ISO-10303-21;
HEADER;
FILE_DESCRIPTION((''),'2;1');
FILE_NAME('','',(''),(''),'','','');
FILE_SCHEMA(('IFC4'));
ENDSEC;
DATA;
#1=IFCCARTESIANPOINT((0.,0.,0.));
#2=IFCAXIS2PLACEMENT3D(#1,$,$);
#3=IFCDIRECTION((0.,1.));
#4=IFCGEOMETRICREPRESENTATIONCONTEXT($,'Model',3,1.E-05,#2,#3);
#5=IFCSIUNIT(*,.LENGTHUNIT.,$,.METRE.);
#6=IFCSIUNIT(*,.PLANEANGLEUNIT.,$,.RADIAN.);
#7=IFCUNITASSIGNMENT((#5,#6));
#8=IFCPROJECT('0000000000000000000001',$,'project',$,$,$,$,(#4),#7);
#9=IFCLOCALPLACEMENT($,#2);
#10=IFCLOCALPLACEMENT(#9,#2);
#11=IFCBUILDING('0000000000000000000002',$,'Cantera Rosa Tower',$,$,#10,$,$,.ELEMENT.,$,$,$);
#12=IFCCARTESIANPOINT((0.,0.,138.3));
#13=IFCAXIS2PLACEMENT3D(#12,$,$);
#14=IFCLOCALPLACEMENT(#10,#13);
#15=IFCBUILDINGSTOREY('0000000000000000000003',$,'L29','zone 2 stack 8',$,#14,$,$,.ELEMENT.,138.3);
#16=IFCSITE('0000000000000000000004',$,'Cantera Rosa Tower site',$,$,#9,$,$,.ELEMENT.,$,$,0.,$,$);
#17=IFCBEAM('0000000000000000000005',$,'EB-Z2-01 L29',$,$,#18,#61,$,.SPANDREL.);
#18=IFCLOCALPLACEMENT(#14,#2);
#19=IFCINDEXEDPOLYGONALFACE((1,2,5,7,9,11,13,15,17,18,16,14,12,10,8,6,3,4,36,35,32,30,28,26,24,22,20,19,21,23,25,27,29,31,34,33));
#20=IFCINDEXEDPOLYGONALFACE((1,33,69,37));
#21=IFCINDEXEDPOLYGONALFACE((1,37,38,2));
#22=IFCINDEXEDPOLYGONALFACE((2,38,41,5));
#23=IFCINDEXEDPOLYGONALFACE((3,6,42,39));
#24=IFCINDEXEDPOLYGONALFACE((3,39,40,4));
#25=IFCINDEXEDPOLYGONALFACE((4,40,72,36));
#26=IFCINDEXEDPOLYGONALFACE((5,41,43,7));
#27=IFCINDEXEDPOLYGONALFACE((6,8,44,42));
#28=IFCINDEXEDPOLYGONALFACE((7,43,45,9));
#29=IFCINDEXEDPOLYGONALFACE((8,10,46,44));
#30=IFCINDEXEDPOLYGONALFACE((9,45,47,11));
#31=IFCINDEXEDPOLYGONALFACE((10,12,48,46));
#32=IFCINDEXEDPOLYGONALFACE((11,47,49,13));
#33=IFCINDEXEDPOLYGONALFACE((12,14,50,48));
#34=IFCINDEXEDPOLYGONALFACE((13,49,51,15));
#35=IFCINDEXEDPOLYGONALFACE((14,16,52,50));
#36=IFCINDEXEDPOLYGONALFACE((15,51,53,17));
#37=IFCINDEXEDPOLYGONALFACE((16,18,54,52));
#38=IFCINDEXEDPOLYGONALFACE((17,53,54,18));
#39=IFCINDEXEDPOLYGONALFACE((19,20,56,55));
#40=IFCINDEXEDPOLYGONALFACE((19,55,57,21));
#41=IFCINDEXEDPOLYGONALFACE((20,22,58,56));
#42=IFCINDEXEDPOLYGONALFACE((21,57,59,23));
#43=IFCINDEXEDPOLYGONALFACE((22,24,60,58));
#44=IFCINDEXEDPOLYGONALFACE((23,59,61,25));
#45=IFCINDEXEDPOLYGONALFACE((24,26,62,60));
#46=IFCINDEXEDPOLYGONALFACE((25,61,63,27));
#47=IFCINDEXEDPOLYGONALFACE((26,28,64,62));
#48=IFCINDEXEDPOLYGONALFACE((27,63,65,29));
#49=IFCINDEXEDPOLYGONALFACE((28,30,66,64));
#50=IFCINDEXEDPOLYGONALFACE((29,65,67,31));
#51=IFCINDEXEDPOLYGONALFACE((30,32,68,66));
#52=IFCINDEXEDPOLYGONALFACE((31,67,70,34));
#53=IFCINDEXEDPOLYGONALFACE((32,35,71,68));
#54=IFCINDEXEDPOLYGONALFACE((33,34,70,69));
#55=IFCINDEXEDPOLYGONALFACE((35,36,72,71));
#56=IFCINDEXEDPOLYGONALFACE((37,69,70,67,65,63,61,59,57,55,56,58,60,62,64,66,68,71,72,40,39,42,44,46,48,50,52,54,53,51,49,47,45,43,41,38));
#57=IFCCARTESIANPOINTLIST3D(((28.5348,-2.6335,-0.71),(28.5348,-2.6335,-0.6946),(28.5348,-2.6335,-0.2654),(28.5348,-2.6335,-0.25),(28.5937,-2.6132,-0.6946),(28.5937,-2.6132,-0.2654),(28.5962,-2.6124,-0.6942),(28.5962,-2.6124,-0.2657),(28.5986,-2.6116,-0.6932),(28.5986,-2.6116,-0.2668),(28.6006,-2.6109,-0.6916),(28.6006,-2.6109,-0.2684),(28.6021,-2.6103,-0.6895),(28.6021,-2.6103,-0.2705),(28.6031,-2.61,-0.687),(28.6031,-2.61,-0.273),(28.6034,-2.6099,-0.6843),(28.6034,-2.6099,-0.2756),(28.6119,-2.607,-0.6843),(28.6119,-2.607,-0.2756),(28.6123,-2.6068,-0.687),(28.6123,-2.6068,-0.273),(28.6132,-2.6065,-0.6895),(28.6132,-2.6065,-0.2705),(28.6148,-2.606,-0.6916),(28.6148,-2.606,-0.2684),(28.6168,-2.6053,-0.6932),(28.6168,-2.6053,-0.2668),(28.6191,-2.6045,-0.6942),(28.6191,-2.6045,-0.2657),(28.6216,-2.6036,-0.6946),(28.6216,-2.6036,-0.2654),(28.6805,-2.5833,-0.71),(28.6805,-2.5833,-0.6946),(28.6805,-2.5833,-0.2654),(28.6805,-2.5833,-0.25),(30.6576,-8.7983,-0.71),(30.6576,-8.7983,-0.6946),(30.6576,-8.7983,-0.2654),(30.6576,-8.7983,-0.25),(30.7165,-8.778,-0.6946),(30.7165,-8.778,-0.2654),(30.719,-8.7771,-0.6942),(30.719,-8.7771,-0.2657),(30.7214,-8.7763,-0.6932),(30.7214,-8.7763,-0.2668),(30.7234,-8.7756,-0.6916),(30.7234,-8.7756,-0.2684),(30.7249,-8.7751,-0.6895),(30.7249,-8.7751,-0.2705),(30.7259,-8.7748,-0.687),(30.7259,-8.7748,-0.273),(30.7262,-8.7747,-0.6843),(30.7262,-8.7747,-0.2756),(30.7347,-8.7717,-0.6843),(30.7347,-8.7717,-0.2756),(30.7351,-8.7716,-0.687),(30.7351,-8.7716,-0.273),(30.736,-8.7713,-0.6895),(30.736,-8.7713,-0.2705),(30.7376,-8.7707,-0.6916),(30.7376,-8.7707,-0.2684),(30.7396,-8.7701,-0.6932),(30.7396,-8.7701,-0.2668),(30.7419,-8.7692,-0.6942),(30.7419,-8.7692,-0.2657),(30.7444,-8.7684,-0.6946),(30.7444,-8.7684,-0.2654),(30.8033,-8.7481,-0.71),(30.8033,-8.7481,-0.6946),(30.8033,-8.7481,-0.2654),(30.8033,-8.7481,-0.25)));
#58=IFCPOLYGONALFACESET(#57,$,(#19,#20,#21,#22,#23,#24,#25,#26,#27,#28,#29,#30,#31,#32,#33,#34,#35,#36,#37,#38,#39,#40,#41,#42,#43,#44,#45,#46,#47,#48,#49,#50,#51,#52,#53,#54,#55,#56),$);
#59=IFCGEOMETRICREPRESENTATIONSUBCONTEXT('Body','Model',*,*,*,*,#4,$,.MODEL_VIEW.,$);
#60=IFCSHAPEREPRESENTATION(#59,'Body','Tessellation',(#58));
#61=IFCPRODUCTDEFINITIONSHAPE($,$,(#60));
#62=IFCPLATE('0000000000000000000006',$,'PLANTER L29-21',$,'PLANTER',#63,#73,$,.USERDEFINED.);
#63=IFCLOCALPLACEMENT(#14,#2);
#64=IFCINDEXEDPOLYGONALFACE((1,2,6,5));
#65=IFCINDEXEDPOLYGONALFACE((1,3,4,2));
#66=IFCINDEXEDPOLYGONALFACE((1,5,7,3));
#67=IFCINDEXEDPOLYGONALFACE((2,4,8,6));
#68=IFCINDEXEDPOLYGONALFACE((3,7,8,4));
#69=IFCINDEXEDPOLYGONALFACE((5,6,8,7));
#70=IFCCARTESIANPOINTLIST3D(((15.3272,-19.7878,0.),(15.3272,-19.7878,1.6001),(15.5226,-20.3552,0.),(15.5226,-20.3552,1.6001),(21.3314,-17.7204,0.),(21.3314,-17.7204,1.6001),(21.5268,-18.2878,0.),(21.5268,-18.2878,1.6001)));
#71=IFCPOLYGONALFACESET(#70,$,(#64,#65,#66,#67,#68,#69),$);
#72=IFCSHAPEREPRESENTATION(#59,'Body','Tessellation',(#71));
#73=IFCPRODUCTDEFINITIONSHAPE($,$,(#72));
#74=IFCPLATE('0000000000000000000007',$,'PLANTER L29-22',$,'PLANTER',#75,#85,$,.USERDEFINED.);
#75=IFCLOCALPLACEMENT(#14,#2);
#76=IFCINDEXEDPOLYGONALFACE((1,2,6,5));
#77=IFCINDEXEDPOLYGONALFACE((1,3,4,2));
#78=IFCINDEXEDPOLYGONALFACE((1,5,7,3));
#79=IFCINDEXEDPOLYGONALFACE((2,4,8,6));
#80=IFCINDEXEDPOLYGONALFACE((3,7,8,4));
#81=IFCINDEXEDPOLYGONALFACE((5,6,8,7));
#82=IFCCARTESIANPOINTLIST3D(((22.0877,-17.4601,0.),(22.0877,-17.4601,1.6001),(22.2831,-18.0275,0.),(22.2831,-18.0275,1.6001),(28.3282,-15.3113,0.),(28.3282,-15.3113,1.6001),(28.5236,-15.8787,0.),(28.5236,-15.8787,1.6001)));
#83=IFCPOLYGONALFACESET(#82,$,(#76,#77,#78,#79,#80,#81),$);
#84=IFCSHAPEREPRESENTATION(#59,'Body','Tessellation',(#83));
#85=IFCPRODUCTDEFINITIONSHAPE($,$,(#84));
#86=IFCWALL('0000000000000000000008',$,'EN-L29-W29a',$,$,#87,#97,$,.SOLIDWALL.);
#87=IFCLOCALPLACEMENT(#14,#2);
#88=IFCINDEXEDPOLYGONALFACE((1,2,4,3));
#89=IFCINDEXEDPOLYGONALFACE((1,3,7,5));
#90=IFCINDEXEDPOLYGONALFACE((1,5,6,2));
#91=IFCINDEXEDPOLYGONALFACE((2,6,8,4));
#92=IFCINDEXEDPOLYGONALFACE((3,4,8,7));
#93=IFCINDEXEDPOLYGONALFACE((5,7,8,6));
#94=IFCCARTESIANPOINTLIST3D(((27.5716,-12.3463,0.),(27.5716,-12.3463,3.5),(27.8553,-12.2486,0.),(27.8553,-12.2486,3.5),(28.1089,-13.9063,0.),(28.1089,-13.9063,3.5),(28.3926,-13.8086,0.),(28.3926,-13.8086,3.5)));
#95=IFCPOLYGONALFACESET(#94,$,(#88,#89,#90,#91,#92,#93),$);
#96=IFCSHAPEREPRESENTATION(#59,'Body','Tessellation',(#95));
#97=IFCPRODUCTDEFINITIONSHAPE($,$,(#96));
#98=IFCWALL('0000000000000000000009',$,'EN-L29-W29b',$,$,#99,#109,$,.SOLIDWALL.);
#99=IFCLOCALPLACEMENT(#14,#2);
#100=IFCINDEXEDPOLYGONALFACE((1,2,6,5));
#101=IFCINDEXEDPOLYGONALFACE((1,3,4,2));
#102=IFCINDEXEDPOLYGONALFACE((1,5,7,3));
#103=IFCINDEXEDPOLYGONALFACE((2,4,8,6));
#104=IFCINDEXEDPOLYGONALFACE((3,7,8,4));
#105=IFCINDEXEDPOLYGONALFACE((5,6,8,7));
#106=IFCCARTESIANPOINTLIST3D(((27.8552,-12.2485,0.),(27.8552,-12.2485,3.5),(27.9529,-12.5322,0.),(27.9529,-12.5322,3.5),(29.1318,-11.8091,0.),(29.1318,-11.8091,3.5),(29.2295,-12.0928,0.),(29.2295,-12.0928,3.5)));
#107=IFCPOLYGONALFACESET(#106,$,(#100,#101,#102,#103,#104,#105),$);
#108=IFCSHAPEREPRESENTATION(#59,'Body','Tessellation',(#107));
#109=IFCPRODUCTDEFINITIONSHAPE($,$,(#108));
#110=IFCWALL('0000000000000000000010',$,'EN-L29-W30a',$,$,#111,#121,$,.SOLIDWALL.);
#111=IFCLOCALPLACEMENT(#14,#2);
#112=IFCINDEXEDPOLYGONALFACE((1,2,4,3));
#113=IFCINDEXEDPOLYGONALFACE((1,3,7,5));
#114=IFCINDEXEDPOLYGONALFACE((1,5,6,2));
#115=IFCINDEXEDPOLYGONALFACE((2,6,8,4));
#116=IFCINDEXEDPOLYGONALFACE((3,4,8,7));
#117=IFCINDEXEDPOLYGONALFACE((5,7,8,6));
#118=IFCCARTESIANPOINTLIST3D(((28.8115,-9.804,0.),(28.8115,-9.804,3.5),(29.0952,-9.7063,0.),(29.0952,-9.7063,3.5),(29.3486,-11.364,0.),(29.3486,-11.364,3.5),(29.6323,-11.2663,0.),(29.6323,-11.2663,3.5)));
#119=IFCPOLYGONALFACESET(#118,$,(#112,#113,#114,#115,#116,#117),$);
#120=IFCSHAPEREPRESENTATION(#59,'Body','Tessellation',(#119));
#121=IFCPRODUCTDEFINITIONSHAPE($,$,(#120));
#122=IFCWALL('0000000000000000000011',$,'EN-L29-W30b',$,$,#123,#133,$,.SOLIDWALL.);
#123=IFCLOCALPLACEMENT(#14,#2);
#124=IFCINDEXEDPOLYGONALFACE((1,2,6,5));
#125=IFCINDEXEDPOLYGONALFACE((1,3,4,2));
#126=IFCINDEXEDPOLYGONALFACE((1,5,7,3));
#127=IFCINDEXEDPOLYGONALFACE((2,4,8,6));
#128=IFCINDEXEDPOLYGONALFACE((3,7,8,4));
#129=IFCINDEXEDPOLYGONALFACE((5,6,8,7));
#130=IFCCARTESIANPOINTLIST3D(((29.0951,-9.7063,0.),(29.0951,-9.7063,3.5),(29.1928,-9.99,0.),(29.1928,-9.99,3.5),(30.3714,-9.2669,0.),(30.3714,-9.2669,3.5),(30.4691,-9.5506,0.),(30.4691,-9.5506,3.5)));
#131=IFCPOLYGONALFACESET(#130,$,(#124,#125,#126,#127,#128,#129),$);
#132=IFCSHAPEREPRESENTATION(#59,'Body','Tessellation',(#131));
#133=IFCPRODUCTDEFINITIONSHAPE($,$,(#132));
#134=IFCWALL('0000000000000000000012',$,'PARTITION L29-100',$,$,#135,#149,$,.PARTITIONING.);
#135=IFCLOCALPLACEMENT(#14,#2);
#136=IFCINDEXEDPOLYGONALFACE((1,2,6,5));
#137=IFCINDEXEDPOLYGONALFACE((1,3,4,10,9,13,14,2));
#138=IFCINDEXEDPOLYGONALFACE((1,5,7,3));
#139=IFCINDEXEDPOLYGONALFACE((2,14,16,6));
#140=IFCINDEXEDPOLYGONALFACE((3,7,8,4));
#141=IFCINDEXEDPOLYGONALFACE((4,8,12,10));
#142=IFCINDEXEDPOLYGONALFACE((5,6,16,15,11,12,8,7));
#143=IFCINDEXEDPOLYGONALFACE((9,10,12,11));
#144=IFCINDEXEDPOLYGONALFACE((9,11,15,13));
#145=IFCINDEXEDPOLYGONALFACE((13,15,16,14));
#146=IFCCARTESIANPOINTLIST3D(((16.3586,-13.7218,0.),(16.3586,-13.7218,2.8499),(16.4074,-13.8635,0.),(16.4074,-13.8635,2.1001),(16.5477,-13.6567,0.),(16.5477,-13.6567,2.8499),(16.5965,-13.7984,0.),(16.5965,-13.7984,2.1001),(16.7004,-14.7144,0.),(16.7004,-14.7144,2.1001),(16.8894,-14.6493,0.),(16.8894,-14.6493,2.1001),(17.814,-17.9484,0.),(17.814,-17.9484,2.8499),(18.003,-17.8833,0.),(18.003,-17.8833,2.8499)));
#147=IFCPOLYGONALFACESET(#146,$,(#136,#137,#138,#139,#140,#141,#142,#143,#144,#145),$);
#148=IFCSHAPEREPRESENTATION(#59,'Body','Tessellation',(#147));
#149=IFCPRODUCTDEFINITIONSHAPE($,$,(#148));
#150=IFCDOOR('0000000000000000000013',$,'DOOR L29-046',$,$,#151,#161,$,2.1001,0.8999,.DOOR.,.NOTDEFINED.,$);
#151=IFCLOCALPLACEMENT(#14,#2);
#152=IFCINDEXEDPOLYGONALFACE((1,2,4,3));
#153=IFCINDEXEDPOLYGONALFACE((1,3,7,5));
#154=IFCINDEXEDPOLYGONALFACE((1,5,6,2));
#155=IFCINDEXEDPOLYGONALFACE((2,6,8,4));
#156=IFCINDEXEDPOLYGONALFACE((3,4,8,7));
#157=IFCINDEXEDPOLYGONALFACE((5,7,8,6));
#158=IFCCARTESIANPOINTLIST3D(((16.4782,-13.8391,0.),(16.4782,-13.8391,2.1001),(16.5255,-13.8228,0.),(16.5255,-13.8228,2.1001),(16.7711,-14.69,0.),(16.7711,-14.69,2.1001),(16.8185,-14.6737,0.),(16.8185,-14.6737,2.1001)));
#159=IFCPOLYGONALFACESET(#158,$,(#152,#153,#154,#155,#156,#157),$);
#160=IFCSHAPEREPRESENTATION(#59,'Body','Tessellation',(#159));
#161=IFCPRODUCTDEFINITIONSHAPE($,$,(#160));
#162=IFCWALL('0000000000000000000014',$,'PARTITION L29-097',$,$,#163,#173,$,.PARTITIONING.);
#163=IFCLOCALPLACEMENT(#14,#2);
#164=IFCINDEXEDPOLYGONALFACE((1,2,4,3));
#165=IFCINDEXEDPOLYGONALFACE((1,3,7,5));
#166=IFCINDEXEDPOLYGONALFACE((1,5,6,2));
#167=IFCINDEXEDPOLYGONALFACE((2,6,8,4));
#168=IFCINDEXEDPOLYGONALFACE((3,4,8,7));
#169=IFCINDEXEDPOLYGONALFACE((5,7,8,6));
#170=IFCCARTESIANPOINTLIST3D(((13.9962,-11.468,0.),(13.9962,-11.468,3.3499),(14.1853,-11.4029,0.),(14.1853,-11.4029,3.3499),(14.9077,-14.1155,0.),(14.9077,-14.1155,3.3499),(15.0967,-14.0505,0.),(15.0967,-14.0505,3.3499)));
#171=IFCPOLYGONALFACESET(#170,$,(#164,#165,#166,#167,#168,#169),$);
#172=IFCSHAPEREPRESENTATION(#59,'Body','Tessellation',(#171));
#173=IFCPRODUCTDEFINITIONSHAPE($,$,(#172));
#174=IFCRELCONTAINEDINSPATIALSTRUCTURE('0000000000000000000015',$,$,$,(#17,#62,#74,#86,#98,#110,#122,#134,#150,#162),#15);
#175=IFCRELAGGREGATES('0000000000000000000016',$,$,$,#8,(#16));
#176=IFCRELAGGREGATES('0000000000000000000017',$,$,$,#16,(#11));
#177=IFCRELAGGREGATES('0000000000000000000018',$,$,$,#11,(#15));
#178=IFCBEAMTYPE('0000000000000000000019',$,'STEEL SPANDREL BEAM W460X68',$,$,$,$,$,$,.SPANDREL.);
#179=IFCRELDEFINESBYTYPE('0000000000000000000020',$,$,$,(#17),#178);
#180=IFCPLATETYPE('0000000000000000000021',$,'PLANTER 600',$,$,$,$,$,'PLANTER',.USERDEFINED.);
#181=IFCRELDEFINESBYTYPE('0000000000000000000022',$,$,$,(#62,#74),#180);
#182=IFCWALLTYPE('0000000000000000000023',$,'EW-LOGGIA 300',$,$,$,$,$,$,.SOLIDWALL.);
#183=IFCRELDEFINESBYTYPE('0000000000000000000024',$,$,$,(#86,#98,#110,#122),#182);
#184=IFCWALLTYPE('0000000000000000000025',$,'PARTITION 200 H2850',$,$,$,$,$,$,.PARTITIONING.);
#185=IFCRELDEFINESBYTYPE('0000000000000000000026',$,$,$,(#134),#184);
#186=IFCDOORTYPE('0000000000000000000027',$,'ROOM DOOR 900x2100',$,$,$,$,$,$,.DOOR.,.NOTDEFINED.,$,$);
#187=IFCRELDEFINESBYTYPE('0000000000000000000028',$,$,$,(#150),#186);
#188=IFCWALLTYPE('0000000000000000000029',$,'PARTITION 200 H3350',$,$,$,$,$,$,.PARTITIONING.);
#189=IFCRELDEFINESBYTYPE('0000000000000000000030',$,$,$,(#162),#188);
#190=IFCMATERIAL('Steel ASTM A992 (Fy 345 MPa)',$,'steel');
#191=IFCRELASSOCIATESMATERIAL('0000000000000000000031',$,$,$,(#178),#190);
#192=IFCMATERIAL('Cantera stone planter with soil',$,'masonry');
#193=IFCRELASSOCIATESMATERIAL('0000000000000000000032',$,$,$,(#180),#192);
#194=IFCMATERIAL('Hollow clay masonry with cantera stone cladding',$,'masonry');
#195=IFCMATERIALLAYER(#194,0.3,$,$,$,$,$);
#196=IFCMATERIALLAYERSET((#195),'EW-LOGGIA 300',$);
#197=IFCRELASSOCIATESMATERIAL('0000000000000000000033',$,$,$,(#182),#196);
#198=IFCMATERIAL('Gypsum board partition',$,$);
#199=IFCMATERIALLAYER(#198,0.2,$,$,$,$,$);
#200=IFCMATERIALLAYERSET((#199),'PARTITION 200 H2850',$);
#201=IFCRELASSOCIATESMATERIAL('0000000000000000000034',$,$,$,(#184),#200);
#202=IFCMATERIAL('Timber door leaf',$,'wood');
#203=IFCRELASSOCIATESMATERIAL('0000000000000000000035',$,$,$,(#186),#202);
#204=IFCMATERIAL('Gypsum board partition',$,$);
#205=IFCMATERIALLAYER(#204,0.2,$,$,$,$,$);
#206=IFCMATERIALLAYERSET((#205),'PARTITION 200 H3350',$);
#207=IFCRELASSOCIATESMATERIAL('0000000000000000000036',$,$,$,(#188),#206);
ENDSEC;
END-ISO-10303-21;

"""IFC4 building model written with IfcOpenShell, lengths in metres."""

from ifc_helpers import new_model, si_unit, direction, frame, frame_2d, origin, origin_2d, place, context, subcontext, project, spatial, rectangle, i_section, extrude, material, layer, layer_set, material_profile, profile_set, type_object, element, fill, save


model = new_model("IFC4")

# Units and contexts
model_context = context("Model", 3, precision=1e-05, world=origin(), true_north=direction((0.0, 1.0)))
body_context = subcontext(model_context, "Body", "Model", "MODEL_VIEW")
ifc_project = project(units=[si_unit("LENGTHUNIT", "METRE"), si_unit("PLANEANGLEUNIT", "RADIAN")], contexts=[model_context])

# Site, building, storey
site_placement = place(None, origin())
site = spatial("IfcSite", under=ifc_project, at=site_placement, Name="Cantera Rosa Tower site", CompositionType="ELEMENT", RefElevation=0.0)
building_placement = place(site_placement, origin())
building = spatial("IfcBuilding", under=site, at=building_placement, Name="Cantera Rosa Tower", CompositionType="ELEMENT")
storey_placement = place(building_placement, frame((0.0, 0.0, 138.3)))
storey = spatial("IfcBuildingStorey", under=building, at=storey_placement, Name="L29", Description="zone 2 stack 8", CompositionType="ELEMENT", Elevation=138.3)

# Beam
ifc_material_1 = material(Name="Steel ASTM A992 (Fy 345 MPa)", Category="steel")
ifc_material_profile_1 = material_profile(ifc_material_1, i_section(OverallWidth=0.1541, OverallDepth=0.46, WebThickness=0.009, FlangeThickness=0.0154, FilletRadius=0.0103, at=origin_2d()), Name="W460X68")
ifc_profile_set_1 = profile_set([ifc_material_profile_1], Name="Steel ASTM A992 (Fy 345 MPa)")
beam_type_1 = type_object("IfcBeamType", Name="STEEL SPANDREL BEAM W460X68", PredefinedType="SPANDREL", material=ifc_profile_set_1)
beam_1_placement = place(storey_placement, frame((30.7305, -8.7732, -0.48), z_axis=(-0.325581, 0.945514, 0.0), x_axis=(-0.945514, -0.325581, 0.0)))
element("IfcBeam", 1, at=beam_1_placement, inside=storey, type_object=beam_type_1, Name="EB-Z2-01 L29", PredefinedType="SPANDREL", context=body_context, shape_type="SweptSolid", body=[
    extrude(i_section(OverallWidth=0.1541, OverallDepth=0.46, WebThickness=0.009, FlangeThickness=0.0154, FilletRadius=0.0103, at=origin_2d()), origin(), (0.0, 0.0, 1.0), 6.52),
])

# Plates
ifc_material_2 = material(Name="Cantera stone planter with soil", Category="masonry")
plate_type = type_object("IfcPlateType", Name="PLANTER 600", ElementType="PLANTER", PredefinedType="USERDEFINED", material=ifc_material_2)
plate_1_placement = place(storey_placement, frame((18.427, -19.0378, 0.0), z_axis=(0.0, 0.0, 1.0), x_axis=(0.945519, 0.325568, 0.0)))
element("IfcPlate", 2, at=plate_1_placement, inside=storey, type_object=plate_type, Name="PLANTER L29-21", ObjectType="PLANTER", PredefinedType="USERDEFINED", context=body_context, shape_type="SweptSolid", body=[
    extrude(rectangle(XDim=6.3501, YDim=0.6001, at=origin_2d()), origin(), (0.0, 0.0, 1.0), 1.6001),
])
plate_2_placement = place(storey_placement, frame((25.3057, -16.6694, 0.0), z_axis=(0.0, 0.0, 1.0), x_axis=(0.945519, 0.325568, 0.0)))
element("IfcPlate", 3, at=plate_2_placement, inside=storey, type_object=plate_type, Name="PLANTER L29-22", ObjectType="PLANTER", PredefinedType="USERDEFINED", context=body_context, shape_type="SweptSolid", body=[
    extrude(rectangle(XDim=6.6001, YDim=0.6001, at=origin_2d()), origin(), (0.0, 0.0, 1.0), 1.6001),
])

# Walls
ifc_material_3 = material(Name="Hollow clay masonry with cantera stone cladding", Category="masonry")
ifc_layer_1 = layer(ifc_material_3, 0.3)
ifc_layer_set_1 = layer_set([ifc_layer_1], Name="EW-LOGGIA 300")
wall_type_1 = type_object("IfcWallType", Name="EW-LOGGIA 300", PredefinedType="SOLIDWALL", material=ifc_layer_set_1)
wall_1_placement = place(storey_placement, frame((28.2507, -13.8574, 0.0), z_axis=(0.0, 0.0, 1.0), x_axis=(-0.325667, 0.945485, 0.0)))
element("IfcWall", 4, at=wall_1_placement, inside=storey, type_object=wall_type_1, Name="EN-L29-W29a", PredefinedType="SOLIDWALL", context=body_context, shape_type="SweptSolid", body=[
    extrude(rectangle(XDim=1.6499, YDim=0.3, at=frame_2d((0.825, 0.0))), origin(), (0.0, 0.0, 1.0), 3.5),
])
wall_2_placement = place(storey_placement, frame((27.9041, -12.3904, 0.0), z_axis=(0.0, 0.0, 1.0), x_axis=(0.945546, 0.325489, 0.0)))
element("IfcWall", 5, at=wall_2_placement, inside=storey, type_object=wall_type_1, Name="EN-L29-W29b", PredefinedType="SOLIDWALL", context=body_context, shape_type="SweptSolid", body=[
    extrude(rectangle(XDim=1.3501, YDim=0.3, at=frame_2d((0.675, 0.0))), origin(), (0.0, 0.0, 1.0), 3.5),
])
wall_3_placement = place(storey_placement, frame((29.4905, -11.3152, 0.0), z_axis=(0.0, 0.0, 1.0), x_axis=(-0.325535, 0.94553, 0.0)))
element("IfcWall", 6, at=wall_3_placement, inside=storey, type_object=wall_type_1, Name="EN-L29-W30a", PredefinedType="SOLIDWALL", context=body_context, shape_type="SweptSolid", body=[
    extrude(rectangle(XDim=1.6499, YDim=0.3, at=frame_2d((0.825, 0.0))), origin(), (0.0, 0.0, 1.0), 3.5),
])
wall_4_placement = place(storey_placement, frame((29.144, -9.8481, 0.0), z_axis=(0.0, 0.0, 1.0), x_axis=(0.945527, 0.325545, 0.0)))
element("IfcWall", 7, at=wall_4_placement, inside=storey, type_object=wall_type_1, Name="EN-L29-W30b", PredefinedType="SOLIDWALL", context=body_context, shape_type="SweptSolid", body=[
    extrude(rectangle(XDim=1.3499, YDim=0.3, at=frame_2d((0.6748, 0.0))), origin(), (0.0, 0.0, 1.0), 3.5),
])

# Wall, opening, door
ifc_material_4 = material(Name="Gypsum board partition")
ifc_layer_2 = layer(ifc_material_4, 0.2)
ifc_layer_set_2 = layer_set([ifc_layer_2], Name="PARTITION 200 H2850")
wall_type_2 = type_object("IfcWallType", Name="PARTITION 200 H2850", PredefinedType="PARTITIONING", material=ifc_layer_set_2)
wall_5_placement = place(storey_placement, frame((16.4531, -13.6892, 0.0), z_axis=(0.0, 0.0, 1.0), x_axis=(0.325568, -0.945519, 0.0)))
wall_5 = element("IfcWall", 8, at=wall_5_placement, inside=storey, type_object=wall_type_2, Name="PARTITION L29-100", PredefinedType="PARTITIONING", context=body_context, shape_type="SweptSolid", body=[
    extrude(rectangle(XDim=4.4702, YDim=0.2, at=frame_2d((2.2351, 0.0))), origin(), (0.0, 0.0, 1.0), 2.8499),
])
opening_1_placement = place(wall_5_placement, frame((0.1499, 0.0, 0.0)))
opening_1 = element("IfcOpeningElement", 9, at=opening_1_placement, cuts=wall_5, PredefinedType="OPENING", context=body_context, shape_type="SweptSolid", body=[
    extrude(rectangle(XDim=0.8999, YDim=2.1001, at=frame_2d((0.45, 1.05))), frame((0.0, 0.1099, 0.0), z_axis=(0.0, -1.0, 0.0), x_axis=(1.0, 0.0, 0.0)), (0.0, 0.0, 1.0), 0.22),
])
ifc_material_5 = material(Name="Timber door leaf", Category="wood")
door_type_1 = type_object("IfcDoorType", Name="ROOM DOOR 900x2100", OperationType="NOTDEFINED", PredefinedType="DOOR", material=ifc_material_5)
door_1_placement = place(opening_1_placement, origin())
door_1 = element("IfcDoor", 10, at=door_1_placement, inside=storey, type_object=door_type_1, Name="DOOR L29-046", OperationType="NOTDEFINED", OverallHeight=2.1001, OverallWidth=0.8999, PredefinedType="DOOR", context=body_context, shape_type="SweptSolid", body=[
    extrude(rectangle(XDim=0.8999, YDim=2.1001, at=frame_2d((0.45, 1.05))), frame((0.0, 0.0249, 0.0), z_axis=(0.0, -1.0, 0.0), x_axis=(1.0, 0.0, 0.0)), (0.0, 0.0, 1.0), 0.05),
])
fill(opening_1, door_1)

# Wall
ifc_material_6 = material(Name="Gypsum board partition")
ifc_layer_3 = layer(ifc_material_6, 0.2)
ifc_layer_set_3 = layer_set([ifc_layer_3], Name="PARTITION 200 H3350")
wall_type_3 = type_object("IfcWallType", Name="PARTITION 200 H3350", PredefinedType="PARTITIONING", material=ifc_layer_set_3)
wall_6_placement = place(storey_placement, frame((14.0908, -11.4355, 0.0), z_axis=(0.0, 0.0, 1.0), x_axis=(0.325499, -0.945542, 0.0)))
element("IfcWall", 11, at=wall_6_placement, inside=storey, type_object=wall_type_3, Name="PARTITION L29-097", PredefinedType="PARTITIONING", context=body_context, shape_type="SweptSolid", body=[
    extrude(rectangle(XDim=2.8, YDim=0.2, at=frame_2d((1.3999, 0.0))), origin(), (0.0, 0.0, 1.0), 3.3499),
])

save(model, "model.ifc")
